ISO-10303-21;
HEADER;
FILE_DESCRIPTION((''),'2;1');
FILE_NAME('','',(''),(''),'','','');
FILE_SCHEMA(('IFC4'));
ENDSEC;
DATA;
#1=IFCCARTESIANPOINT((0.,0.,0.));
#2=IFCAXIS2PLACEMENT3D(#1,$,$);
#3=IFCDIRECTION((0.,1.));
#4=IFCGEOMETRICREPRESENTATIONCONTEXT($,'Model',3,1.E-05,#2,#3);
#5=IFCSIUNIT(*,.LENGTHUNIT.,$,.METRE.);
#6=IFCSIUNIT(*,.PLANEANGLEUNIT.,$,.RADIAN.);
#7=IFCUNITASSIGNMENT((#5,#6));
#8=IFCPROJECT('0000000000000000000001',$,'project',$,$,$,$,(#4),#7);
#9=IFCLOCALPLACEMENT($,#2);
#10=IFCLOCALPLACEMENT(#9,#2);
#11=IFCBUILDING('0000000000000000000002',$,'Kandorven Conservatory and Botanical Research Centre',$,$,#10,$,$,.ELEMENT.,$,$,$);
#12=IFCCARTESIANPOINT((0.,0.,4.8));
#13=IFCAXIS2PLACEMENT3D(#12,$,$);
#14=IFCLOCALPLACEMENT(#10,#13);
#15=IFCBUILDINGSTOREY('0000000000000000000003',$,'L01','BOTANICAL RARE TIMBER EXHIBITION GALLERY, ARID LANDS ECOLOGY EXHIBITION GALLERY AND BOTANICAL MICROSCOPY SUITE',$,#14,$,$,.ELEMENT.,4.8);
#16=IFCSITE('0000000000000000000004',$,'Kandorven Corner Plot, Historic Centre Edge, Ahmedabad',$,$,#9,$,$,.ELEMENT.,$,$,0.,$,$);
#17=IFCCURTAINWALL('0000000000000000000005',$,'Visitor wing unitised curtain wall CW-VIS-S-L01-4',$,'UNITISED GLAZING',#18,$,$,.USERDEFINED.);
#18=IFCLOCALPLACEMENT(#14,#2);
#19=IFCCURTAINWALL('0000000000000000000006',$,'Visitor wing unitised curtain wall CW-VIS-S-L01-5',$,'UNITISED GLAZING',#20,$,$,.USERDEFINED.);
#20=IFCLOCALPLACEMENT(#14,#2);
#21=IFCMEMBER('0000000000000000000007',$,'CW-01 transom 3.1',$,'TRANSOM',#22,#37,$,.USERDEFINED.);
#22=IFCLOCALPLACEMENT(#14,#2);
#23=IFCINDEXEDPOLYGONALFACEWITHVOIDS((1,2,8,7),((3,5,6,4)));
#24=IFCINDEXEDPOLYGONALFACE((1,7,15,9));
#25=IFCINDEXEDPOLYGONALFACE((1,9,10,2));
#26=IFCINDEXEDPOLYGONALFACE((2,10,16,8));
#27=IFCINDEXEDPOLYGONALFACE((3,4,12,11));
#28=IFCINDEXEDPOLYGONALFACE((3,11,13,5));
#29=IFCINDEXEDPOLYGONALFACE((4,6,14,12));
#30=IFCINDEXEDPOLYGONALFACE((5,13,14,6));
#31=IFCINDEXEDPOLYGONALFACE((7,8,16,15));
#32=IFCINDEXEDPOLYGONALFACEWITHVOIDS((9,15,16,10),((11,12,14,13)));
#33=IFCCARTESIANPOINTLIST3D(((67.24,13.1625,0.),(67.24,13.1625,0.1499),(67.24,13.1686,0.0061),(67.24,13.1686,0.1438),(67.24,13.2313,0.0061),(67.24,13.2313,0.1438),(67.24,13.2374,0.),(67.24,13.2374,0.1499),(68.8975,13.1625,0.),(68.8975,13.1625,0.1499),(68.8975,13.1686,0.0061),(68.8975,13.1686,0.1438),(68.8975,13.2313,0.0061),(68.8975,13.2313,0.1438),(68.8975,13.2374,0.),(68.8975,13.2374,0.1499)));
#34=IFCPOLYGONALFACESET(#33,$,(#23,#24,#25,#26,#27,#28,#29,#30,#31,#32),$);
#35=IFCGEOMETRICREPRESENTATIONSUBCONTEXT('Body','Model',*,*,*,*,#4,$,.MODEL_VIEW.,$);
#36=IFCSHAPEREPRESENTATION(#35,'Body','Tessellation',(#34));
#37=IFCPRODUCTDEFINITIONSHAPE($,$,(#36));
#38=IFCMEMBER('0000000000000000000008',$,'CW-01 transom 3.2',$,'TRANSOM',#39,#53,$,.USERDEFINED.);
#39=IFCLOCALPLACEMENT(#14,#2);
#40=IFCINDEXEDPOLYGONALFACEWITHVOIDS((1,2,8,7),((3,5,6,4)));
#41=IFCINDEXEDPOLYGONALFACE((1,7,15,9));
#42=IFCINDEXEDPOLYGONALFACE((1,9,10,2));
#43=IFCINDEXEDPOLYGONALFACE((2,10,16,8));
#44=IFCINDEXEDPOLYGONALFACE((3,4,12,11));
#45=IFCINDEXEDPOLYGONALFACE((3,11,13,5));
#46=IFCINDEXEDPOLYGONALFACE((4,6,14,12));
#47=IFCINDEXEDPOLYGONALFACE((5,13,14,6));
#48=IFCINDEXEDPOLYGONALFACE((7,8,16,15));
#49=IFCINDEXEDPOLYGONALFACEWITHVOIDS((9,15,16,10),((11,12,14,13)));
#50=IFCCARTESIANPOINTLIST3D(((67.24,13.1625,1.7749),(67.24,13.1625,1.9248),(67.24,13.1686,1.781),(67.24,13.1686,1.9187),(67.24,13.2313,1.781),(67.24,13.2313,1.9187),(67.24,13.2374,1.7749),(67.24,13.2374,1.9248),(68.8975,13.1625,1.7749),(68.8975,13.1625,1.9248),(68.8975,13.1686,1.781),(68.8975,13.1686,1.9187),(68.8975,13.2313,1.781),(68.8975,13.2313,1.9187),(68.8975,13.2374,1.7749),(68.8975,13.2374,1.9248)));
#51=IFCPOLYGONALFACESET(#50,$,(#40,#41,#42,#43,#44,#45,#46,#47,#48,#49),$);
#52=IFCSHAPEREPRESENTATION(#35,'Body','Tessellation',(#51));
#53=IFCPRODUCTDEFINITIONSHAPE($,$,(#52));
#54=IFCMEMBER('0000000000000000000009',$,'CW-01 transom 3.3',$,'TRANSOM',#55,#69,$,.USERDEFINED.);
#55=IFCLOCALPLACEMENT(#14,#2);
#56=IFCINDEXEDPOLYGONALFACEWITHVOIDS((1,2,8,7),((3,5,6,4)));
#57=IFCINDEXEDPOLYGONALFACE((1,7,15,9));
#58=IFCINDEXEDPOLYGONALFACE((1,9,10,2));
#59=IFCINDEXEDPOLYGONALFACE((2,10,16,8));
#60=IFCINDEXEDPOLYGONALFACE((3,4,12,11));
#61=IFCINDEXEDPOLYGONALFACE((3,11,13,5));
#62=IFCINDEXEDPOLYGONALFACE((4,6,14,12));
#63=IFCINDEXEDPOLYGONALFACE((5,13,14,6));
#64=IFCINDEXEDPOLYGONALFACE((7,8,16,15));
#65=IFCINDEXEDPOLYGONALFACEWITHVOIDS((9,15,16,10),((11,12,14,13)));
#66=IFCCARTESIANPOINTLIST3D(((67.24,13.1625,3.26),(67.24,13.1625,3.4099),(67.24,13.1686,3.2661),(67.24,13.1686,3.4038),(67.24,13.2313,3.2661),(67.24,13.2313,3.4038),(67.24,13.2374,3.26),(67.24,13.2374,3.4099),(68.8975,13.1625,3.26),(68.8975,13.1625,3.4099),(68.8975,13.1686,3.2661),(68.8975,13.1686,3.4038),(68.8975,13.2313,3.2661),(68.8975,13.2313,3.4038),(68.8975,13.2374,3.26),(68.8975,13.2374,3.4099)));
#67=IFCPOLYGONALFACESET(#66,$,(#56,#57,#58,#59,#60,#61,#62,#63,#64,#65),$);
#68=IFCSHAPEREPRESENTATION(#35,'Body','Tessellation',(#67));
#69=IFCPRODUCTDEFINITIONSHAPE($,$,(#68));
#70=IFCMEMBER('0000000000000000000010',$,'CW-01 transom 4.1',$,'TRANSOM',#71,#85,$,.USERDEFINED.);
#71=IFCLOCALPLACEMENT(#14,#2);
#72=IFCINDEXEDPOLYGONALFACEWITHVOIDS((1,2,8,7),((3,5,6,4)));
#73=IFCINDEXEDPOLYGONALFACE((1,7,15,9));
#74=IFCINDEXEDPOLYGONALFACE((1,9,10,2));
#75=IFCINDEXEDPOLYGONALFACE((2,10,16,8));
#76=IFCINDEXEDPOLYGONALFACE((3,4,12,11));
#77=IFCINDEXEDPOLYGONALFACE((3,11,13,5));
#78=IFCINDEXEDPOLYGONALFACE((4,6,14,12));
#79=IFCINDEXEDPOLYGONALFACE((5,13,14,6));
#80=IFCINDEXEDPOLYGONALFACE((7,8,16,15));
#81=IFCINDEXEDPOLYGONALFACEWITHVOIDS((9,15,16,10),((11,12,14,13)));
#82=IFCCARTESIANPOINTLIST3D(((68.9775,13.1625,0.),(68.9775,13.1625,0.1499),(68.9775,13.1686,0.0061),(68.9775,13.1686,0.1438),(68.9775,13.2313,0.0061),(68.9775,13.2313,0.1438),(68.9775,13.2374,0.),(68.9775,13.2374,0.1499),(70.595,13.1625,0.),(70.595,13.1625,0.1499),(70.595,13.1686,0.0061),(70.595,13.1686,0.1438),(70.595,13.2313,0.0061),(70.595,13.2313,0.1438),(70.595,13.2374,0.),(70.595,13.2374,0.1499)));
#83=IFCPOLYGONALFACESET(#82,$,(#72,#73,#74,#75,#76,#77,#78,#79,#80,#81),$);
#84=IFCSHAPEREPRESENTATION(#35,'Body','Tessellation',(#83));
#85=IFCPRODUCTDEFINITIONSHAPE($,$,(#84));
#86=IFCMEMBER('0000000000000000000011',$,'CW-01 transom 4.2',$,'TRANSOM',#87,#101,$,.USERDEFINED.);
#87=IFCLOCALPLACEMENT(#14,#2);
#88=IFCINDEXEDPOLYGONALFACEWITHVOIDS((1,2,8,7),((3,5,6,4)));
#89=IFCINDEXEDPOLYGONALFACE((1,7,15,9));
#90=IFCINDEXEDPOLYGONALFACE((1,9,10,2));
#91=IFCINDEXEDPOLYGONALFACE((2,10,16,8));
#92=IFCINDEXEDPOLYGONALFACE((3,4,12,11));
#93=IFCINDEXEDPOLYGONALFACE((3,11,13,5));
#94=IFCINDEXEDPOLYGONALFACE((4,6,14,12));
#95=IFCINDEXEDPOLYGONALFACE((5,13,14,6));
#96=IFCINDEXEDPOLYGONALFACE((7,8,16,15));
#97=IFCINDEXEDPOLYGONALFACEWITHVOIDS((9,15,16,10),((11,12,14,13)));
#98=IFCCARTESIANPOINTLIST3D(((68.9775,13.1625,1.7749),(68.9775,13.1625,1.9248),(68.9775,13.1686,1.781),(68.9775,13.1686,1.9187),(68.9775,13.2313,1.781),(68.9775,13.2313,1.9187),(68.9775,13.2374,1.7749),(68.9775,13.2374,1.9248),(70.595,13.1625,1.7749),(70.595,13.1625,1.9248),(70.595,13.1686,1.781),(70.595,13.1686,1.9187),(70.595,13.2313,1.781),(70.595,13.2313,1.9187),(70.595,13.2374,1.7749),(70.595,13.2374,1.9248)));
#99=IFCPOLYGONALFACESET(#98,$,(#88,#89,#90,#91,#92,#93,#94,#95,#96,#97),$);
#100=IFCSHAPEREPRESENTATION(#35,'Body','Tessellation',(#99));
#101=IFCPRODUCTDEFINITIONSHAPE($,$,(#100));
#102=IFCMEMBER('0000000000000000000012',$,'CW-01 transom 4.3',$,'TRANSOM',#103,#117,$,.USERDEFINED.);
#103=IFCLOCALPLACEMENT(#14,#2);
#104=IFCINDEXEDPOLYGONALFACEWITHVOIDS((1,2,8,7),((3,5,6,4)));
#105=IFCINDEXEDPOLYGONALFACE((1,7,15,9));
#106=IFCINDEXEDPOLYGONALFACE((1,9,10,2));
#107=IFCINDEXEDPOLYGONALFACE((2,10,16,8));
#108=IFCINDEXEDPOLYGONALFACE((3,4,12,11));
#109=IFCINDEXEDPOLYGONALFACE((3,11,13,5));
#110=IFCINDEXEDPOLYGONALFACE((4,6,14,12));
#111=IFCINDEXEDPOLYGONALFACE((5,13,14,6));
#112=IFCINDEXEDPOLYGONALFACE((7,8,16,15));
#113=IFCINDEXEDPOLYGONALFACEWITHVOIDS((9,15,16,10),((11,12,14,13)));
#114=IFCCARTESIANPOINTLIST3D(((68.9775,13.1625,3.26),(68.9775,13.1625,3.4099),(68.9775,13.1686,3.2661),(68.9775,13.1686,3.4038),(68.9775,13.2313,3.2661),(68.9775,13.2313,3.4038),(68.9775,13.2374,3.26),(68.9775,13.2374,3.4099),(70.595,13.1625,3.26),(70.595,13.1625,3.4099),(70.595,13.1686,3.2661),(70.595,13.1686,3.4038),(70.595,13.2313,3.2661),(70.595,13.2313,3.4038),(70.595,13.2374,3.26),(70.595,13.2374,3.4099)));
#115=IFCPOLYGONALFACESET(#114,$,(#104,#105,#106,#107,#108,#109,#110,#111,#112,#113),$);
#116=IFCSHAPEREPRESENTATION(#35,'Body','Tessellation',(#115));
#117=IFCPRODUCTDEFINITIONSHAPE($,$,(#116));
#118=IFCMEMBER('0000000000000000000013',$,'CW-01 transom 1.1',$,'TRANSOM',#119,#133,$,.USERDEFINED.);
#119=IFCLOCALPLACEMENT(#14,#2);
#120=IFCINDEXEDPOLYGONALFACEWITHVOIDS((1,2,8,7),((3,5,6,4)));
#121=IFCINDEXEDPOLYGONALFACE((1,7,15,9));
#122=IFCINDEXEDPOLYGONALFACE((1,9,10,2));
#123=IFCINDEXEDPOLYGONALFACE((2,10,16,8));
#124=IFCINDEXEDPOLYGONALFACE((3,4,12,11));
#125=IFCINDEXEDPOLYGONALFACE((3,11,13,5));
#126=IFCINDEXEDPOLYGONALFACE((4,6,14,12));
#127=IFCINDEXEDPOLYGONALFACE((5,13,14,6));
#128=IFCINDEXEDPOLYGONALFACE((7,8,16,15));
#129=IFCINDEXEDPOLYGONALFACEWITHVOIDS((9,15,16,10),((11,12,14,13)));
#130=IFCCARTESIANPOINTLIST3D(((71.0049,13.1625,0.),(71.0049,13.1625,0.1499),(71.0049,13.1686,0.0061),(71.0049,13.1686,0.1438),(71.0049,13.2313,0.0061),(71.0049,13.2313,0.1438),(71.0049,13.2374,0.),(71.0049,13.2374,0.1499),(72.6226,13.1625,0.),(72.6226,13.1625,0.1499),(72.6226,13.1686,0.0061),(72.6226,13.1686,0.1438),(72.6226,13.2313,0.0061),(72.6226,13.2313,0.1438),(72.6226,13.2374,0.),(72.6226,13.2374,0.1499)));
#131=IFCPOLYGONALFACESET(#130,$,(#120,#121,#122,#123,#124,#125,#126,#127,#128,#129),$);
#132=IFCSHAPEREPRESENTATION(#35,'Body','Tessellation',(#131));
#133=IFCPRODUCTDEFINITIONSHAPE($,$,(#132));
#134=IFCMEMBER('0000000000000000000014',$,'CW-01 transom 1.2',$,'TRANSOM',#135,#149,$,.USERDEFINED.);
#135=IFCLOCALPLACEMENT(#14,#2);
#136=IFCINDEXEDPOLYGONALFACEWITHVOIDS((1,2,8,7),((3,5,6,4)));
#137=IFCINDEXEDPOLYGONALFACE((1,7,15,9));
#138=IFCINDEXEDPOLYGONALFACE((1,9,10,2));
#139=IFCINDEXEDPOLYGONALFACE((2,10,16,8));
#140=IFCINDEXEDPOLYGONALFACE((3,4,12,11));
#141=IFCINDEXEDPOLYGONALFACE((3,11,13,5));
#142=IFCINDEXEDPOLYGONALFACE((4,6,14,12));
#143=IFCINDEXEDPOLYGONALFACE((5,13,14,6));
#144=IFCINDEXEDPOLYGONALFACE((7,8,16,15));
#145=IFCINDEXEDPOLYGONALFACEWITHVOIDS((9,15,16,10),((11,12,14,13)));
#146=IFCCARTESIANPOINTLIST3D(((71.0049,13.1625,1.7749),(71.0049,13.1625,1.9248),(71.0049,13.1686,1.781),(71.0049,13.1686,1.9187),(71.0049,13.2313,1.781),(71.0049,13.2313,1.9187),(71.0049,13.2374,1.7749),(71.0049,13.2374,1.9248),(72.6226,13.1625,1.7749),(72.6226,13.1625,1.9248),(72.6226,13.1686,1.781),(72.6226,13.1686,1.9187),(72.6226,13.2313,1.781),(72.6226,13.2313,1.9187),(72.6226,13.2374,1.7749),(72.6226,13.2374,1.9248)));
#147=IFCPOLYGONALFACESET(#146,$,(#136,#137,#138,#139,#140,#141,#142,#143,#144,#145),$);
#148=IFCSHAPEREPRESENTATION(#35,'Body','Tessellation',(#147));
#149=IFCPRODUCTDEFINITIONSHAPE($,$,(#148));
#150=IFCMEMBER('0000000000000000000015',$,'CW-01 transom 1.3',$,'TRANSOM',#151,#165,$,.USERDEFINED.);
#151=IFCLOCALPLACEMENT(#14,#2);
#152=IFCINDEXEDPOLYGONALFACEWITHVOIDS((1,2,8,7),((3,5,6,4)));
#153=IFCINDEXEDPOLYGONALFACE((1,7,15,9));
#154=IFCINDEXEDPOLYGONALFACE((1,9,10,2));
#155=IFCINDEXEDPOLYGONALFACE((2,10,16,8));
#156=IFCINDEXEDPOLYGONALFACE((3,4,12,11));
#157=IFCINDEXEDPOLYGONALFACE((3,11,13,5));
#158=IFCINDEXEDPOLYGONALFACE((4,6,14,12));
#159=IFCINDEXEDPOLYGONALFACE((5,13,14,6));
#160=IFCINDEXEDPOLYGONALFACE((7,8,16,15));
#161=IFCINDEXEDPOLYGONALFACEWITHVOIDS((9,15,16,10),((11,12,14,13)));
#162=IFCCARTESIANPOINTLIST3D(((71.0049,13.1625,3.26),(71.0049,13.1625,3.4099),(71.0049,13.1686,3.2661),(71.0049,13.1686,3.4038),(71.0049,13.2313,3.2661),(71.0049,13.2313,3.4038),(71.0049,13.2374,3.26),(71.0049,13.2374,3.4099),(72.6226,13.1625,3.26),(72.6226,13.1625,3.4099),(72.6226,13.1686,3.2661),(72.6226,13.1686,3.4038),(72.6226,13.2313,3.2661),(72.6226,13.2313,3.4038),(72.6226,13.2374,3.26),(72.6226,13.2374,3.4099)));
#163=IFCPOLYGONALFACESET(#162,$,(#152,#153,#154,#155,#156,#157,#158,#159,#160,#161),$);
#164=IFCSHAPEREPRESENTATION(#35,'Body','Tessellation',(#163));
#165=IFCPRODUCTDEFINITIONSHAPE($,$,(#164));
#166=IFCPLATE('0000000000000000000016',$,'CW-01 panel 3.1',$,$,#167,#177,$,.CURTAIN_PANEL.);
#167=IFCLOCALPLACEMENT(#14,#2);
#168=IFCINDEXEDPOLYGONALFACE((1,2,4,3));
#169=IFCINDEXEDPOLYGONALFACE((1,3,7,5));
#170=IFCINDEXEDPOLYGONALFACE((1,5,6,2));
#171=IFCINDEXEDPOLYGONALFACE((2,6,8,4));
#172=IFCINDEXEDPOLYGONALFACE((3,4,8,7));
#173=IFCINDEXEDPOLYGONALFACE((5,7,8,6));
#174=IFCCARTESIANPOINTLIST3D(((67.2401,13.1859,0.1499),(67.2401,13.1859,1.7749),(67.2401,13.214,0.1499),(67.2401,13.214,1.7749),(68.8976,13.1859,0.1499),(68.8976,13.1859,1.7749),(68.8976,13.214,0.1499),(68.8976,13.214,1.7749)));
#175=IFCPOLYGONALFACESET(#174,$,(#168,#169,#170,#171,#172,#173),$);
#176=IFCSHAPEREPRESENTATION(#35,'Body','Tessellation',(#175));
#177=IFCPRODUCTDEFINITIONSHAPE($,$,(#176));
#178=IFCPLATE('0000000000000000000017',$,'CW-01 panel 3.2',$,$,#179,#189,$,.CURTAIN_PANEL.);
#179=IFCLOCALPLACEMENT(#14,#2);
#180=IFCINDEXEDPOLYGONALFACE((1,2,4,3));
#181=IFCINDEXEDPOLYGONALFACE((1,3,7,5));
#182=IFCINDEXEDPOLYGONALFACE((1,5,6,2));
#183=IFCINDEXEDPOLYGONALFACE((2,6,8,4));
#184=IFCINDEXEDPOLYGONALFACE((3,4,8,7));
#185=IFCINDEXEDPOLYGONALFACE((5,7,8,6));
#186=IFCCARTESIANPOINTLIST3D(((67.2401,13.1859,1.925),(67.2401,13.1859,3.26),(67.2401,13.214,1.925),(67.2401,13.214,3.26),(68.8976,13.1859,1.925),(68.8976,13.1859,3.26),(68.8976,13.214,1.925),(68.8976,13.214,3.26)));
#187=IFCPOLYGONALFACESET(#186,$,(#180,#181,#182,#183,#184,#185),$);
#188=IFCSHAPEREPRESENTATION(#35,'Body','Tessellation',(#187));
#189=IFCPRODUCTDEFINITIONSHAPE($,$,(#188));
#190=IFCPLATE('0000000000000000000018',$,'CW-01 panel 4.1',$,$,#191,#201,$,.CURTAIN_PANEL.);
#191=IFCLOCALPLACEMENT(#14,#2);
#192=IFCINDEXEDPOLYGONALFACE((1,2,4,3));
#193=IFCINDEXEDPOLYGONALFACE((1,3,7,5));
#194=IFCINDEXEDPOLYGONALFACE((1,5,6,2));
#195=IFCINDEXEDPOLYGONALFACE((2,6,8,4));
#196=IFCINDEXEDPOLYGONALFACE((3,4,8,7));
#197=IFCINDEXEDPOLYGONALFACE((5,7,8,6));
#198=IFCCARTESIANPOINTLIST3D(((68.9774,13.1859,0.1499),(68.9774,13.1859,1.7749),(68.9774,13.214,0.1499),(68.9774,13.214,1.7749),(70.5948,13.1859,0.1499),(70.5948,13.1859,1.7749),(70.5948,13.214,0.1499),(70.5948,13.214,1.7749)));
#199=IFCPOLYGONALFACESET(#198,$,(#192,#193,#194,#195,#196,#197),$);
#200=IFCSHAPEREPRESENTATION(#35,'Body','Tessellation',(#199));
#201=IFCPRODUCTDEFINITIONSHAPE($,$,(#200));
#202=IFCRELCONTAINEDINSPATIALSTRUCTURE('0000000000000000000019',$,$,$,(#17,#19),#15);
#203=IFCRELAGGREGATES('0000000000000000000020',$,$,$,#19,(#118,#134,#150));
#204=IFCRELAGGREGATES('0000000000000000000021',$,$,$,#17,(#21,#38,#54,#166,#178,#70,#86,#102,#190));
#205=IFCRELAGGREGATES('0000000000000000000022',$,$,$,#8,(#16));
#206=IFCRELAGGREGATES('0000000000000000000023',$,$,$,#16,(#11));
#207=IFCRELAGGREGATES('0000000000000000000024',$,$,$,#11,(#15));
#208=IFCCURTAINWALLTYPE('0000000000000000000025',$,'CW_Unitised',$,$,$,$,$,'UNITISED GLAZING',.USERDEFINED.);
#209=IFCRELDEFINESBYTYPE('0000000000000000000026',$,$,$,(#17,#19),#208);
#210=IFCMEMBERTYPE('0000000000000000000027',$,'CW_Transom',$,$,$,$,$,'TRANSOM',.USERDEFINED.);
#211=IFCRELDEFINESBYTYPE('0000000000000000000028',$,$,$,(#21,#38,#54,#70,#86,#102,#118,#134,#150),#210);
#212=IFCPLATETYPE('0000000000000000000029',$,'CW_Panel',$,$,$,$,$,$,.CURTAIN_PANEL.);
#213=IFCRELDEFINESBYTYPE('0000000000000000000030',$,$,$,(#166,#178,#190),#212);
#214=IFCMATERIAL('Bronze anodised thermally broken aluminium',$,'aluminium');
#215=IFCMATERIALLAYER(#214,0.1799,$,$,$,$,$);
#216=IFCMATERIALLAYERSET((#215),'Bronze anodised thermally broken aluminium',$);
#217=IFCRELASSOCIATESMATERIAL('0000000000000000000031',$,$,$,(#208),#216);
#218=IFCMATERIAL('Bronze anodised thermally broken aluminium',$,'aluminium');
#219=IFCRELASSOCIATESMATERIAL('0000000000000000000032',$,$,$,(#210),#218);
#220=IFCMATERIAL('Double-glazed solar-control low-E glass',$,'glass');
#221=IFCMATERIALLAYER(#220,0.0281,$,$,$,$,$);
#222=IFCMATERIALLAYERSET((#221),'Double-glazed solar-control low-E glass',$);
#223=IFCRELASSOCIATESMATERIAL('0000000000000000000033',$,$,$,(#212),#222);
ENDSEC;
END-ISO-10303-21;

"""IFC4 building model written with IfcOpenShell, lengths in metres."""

from ifc_helpers import new_model, si_unit, direction, frame, origin, origin_2d, place, context, subcontext, project, spatial, rectangle, hollow_rectangle, extrude, material, layer, layer_set, material_profile, profile_set, type_object, element, aggregate, save


model = new_model("IFC4")

# Units and contexts
model_context = context("Model", 3, precision=1e-05, world=origin(), true_north=direction((0.0, 1.0)))
body_context = subcontext(model_context, "Body", "Model", "MODEL_VIEW")
ifc_project = project(units=[si_unit("LENGTHUNIT", "METRE"), si_unit("PLANEANGLEUNIT", "RADIAN")], contexts=[model_context])

# Site, building, storey
site_placement = place(None, origin())
site = spatial("IfcSite", under=ifc_project, at=site_placement, Name="Kandorven Corner Plot, Historic Centre Edge, Ahmedabad", CompositionType="ELEMENT", RefElevation=0.0)
building_placement = place(site_placement, origin())
building = spatial("IfcBuilding", under=site, at=building_placement, Name="Kandorven Conservatory and Botanical Research Centre", CompositionType="ELEMENT")
storey_placement = place(building_placement, frame((0.0, 0.0, 4.8)))
storey = spatial("IfcBuildingStorey", under=building, at=storey_placement, Name="L01", Description="BOTANICAL RARE TIMBER EXHIBITION GALLERY, ARID LANDS ECOLOGY EXHIBITION GALLERY AND BOTANICAL MICROSCOPY SUITE", CompositionType="ELEMENT", Elevation=4.8)

# Curtain wall
ifc_material_1 = material(Name="Bronze anodised thermally broken aluminium", Category="aluminium")
ifc_layer_1 = layer(ifc_material_1, 0.1799)
ifc_layer_set_1 = layer_set([ifc_layer_1], Name="Bronze anodised thermally broken aluminium")
curtain_wall_type = type_object("IfcCurtainWallType", Name="CW_Unitised", ElementType="UNITISED GLAZING", PredefinedType="USERDEFINED", material=ifc_layer_set_1)
curtain_wall_1_placement = place(storey_placement, origin())
curtain_wall_1 = element("IfcCurtainWall", 1, at=curtain_wall_1_placement, inside=storey, type_object=curtain_wall_type, Name="Visitor wing unitised curtain wall CW-VIS-S-L01-4", ObjectType="UNITISED GLAZING", PredefinedType="USERDEFINED")

# Curtain wall
curtain_wall_2_placement = place(storey_placement, origin())
curtain_wall_2 = element("IfcCurtainWall", 2, at=curtain_wall_2_placement, inside=storey, type_object=curtain_wall_type, Name="Visitor wing unitised curtain wall CW-VIS-S-L01-5", ObjectType="UNITISED GLAZING", PredefinedType="USERDEFINED")

# Members
ifc_material_2 = material(Name="Bronze anodised thermally broken aluminium", Category="aluminium")
ifc_material_profile_1 = material_profile(ifc_material_2, hollow_rectangle(XDim=0.075, YDim=0.1499, WallThickness=0.0061, at=origin_2d()))
ifc_profile_set_1 = profile_set([ifc_material_profile_1], Name="Bronze anodised thermally broken aluminium")
member_type_1 = type_object("IfcMemberType", Name="CW_Transom", ElementType="TRANSOM", PredefinedType="USERDEFINED", material=ifc_profile_set_1)
member_1_placement = place(storey_placement, frame((67.24, 13.2, 0.075), z_axis=(1.0, 0.0, 0.0), x_axis=(0.0, 1.0, 0.0)))
member_1 = element("IfcMember", 3, at=member_1_placement, type_object=member_type_1, Name="CW-01 transom 3.1", ObjectType="TRANSOM", PredefinedType="USERDEFINED", context=body_context, shape_type="SweptSolid", body=[
    extrude(hollow_rectangle(XDim=0.075, YDim=0.1499, WallThickness=0.0061, at=origin_2d()), origin(), (0.0, 0.0, 1.0), 1.6575),
])
member_2_placement = place(storey_placement, frame((67.24, 13.2, 1.8499), z_axis=(1.0, 0.0, 0.0), x_axis=(0.0, 1.0, 0.0)))
member_2 = element("IfcMember", 4, at=member_2_placement, type_object=member_type_1, Name="CW-01 transom 3.2", ObjectType="TRANSOM", PredefinedType="USERDEFINED", context=body_context, shape_type="SweptSolid", body=[
    extrude(hollow_rectangle(XDim=0.075, YDim=0.1499, WallThickness=0.0061, at=origin_2d()), origin(), (0.0, 0.0, 1.0), 1.6575),
])
member_3_placement = place(storey_placement, frame((67.24, 13.2, 3.335), z_axis=(1.0, 0.0, 0.0), x_axis=(0.0, 1.0, 0.0)))
member_3 = element("IfcMember", 5, at=member_3_placement, type_object=member_type_1, Name="CW-01 transom 3.3", ObjectType="TRANSOM", PredefinedType="USERDEFINED", context=body_context, shape_type="SweptSolid", body=[
    extrude(hollow_rectangle(XDim=0.075, YDim=0.1499, WallThickness=0.0061, at=origin_2d()), origin(), (0.0, 0.0, 1.0), 1.6575),
])
member_4_placement = place(storey_placement, frame((68.9775, 13.2, 0.075), z_axis=(1.0, 0.0, 0.0), x_axis=(0.0, 1.0, 0.0)))
member_4 = element("IfcMember", 6, at=member_4_placement, type_object=member_type_1, Name="CW-01 transom 4.1", ObjectType="TRANSOM", PredefinedType="USERDEFINED", context=body_context, shape_type="SweptSolid", body=[
    extrude(hollow_rectangle(XDim=0.075, YDim=0.1499, WallThickness=0.0061, at=origin_2d()), origin(), (0.0, 0.0, 1.0), 1.6174),
])
member_5_placement = place(storey_placement, frame((68.9775, 13.2, 1.8499), z_axis=(1.0, 0.0, 0.0), x_axis=(0.0, 1.0, 0.0)))
member_5 = element("IfcMember", 7, at=member_5_placement, type_object=member_type_1, Name="CW-01 transom 4.2", ObjectType="TRANSOM", PredefinedType="USERDEFINED", context=body_context, shape_type="SweptSolid", body=[
    extrude(hollow_rectangle(XDim=0.075, YDim=0.1499, WallThickness=0.0061, at=origin_2d()), origin(), (0.0, 0.0, 1.0), 1.6174),
])
member_6_placement = place(storey_placement, frame((68.9775, 13.2, 3.335), z_axis=(1.0, 0.0, 0.0), x_axis=(0.0, 1.0, 0.0)))
member_6 = element("IfcMember", 8, at=member_6_placement, type_object=member_type_1, Name="CW-01 transom 4.3", ObjectType="TRANSOM", PredefinedType="USERDEFINED", context=body_context, shape_type="SweptSolid", body=[
    extrude(hollow_rectangle(XDim=0.075, YDim=0.1499, WallThickness=0.0061, at=origin_2d()), origin(), (0.0, 0.0, 1.0), 1.6174),
])
member_7_placement = place(storey_placement, frame((71.0049, 13.2, 0.075), z_axis=(1.0, 0.0, 0.0), x_axis=(0.0, 1.0, 0.0)))
member_7 = element("IfcMember", 9, at=member_7_placement, type_object=member_type_1, Name="CW-01 transom 1.1", ObjectType="TRANSOM", PredefinedType="USERDEFINED", context=body_context, shape_type="SweptSolid", body=[
    extrude(hollow_rectangle(XDim=0.075, YDim=0.1499, WallThickness=0.0061, at=origin_2d()), origin(), (0.0, 0.0, 1.0), 1.6177),
])
member_8_placement = place(storey_placement, frame((71.0049, 13.2, 1.8499), z_axis=(1.0, 0.0, 0.0), x_axis=(0.0, 1.0, 0.0)))
member_8 = element("IfcMember", 10, at=member_8_placement, type_object=member_type_1, Name="CW-01 transom 1.2", ObjectType="TRANSOM", PredefinedType="USERDEFINED", context=body_context, shape_type="SweptSolid", body=[
    extrude(hollow_rectangle(XDim=0.075, YDim=0.1499, WallThickness=0.0061, at=origin_2d()), origin(), (0.0, 0.0, 1.0), 1.6177),
])
member_9_placement = place(storey_placement, frame((71.0049, 13.2, 3.335), z_axis=(1.0, 0.0, 0.0), x_axis=(0.0, 1.0, 0.0)))
member_9 = element("IfcMember", 11, at=member_9_placement, type_object=member_type_1, Name="CW-01 transom 1.3", ObjectType="TRANSOM", PredefinedType="USERDEFINED", context=body_context, shape_type="SweptSolid", body=[
    extrude(hollow_rectangle(XDim=0.075, YDim=0.1499, WallThickness=0.0061, at=origin_2d()), origin(), (0.0, 0.0, 1.0), 1.6177),
])
aggregate(curtain_wall_2, [member_7, member_8, member_9])

# Plates
ifc_material_3 = material(Name="Double-glazed solar-control low-E glass", Category="glass")
ifc_layer_2 = layer(ifc_material_3, 0.0281)
ifc_layer_set_2 = layer_set([ifc_layer_2], Name="Double-glazed solar-control low-E glass")
plate_type = type_object("IfcPlateType", Name="CW_Panel", PredefinedType="CURTAIN_PANEL", material=ifc_layer_set_2)
plate_1_placement = place(storey_placement, frame((68.0688, 13.2, 0.1499), z_axis=(0.0, 0.0, 1.0), x_axis=(1.0, 0.0, 0.0)))
plate_1 = element("IfcPlate", 12, at=plate_1_placement, type_object=plate_type, Name="CW-01 panel 3.1", PredefinedType="CURTAIN_PANEL", context=body_context, shape_type="SweptSolid", body=[
    extrude(rectangle(XDim=1.6575, YDim=0.0281, at=origin_2d()), origin(), (0.0, 0.0, 1.0), 1.625),
])
plate_2_placement = place(storey_placement, frame((68.0688, 13.2, 1.925), z_axis=(0.0, 0.0, 1.0), x_axis=(1.0, 0.0, 0.0)))
plate_2 = element("IfcPlate", 13, at=plate_2_placement, type_object=plate_type, Name="CW-01 panel 3.2", PredefinedType="CURTAIN_PANEL", context=body_context, shape_type="SweptSolid", body=[
    extrude(rectangle(XDim=1.6575, YDim=0.0281, at=origin_2d()), origin(), (0.0, 0.0, 1.0), 1.335),
])
plate_3_placement = place(storey_placement, frame((69.7861, 13.2, 0.1499), z_axis=(0.0, 0.0, 1.0), x_axis=(1.0, 0.0, 0.0)))
plate_3 = element("IfcPlate", 14, at=plate_3_placement, type_object=plate_type, Name="CW-01 panel 4.1", PredefinedType="CURTAIN_PANEL", context=body_context, shape_type="SweptSolid", body=[
    extrude(rectangle(XDim=1.6174, YDim=0.0281, at=origin_2d()), origin(), (0.0, 0.0, 1.0), 1.625),
])
aggregate(curtain_wall_1, [member_1, member_2, member_3, plate_1, plate_2, member_4, member_5, member_6, plate_3])

save(model, "model.ifc")
